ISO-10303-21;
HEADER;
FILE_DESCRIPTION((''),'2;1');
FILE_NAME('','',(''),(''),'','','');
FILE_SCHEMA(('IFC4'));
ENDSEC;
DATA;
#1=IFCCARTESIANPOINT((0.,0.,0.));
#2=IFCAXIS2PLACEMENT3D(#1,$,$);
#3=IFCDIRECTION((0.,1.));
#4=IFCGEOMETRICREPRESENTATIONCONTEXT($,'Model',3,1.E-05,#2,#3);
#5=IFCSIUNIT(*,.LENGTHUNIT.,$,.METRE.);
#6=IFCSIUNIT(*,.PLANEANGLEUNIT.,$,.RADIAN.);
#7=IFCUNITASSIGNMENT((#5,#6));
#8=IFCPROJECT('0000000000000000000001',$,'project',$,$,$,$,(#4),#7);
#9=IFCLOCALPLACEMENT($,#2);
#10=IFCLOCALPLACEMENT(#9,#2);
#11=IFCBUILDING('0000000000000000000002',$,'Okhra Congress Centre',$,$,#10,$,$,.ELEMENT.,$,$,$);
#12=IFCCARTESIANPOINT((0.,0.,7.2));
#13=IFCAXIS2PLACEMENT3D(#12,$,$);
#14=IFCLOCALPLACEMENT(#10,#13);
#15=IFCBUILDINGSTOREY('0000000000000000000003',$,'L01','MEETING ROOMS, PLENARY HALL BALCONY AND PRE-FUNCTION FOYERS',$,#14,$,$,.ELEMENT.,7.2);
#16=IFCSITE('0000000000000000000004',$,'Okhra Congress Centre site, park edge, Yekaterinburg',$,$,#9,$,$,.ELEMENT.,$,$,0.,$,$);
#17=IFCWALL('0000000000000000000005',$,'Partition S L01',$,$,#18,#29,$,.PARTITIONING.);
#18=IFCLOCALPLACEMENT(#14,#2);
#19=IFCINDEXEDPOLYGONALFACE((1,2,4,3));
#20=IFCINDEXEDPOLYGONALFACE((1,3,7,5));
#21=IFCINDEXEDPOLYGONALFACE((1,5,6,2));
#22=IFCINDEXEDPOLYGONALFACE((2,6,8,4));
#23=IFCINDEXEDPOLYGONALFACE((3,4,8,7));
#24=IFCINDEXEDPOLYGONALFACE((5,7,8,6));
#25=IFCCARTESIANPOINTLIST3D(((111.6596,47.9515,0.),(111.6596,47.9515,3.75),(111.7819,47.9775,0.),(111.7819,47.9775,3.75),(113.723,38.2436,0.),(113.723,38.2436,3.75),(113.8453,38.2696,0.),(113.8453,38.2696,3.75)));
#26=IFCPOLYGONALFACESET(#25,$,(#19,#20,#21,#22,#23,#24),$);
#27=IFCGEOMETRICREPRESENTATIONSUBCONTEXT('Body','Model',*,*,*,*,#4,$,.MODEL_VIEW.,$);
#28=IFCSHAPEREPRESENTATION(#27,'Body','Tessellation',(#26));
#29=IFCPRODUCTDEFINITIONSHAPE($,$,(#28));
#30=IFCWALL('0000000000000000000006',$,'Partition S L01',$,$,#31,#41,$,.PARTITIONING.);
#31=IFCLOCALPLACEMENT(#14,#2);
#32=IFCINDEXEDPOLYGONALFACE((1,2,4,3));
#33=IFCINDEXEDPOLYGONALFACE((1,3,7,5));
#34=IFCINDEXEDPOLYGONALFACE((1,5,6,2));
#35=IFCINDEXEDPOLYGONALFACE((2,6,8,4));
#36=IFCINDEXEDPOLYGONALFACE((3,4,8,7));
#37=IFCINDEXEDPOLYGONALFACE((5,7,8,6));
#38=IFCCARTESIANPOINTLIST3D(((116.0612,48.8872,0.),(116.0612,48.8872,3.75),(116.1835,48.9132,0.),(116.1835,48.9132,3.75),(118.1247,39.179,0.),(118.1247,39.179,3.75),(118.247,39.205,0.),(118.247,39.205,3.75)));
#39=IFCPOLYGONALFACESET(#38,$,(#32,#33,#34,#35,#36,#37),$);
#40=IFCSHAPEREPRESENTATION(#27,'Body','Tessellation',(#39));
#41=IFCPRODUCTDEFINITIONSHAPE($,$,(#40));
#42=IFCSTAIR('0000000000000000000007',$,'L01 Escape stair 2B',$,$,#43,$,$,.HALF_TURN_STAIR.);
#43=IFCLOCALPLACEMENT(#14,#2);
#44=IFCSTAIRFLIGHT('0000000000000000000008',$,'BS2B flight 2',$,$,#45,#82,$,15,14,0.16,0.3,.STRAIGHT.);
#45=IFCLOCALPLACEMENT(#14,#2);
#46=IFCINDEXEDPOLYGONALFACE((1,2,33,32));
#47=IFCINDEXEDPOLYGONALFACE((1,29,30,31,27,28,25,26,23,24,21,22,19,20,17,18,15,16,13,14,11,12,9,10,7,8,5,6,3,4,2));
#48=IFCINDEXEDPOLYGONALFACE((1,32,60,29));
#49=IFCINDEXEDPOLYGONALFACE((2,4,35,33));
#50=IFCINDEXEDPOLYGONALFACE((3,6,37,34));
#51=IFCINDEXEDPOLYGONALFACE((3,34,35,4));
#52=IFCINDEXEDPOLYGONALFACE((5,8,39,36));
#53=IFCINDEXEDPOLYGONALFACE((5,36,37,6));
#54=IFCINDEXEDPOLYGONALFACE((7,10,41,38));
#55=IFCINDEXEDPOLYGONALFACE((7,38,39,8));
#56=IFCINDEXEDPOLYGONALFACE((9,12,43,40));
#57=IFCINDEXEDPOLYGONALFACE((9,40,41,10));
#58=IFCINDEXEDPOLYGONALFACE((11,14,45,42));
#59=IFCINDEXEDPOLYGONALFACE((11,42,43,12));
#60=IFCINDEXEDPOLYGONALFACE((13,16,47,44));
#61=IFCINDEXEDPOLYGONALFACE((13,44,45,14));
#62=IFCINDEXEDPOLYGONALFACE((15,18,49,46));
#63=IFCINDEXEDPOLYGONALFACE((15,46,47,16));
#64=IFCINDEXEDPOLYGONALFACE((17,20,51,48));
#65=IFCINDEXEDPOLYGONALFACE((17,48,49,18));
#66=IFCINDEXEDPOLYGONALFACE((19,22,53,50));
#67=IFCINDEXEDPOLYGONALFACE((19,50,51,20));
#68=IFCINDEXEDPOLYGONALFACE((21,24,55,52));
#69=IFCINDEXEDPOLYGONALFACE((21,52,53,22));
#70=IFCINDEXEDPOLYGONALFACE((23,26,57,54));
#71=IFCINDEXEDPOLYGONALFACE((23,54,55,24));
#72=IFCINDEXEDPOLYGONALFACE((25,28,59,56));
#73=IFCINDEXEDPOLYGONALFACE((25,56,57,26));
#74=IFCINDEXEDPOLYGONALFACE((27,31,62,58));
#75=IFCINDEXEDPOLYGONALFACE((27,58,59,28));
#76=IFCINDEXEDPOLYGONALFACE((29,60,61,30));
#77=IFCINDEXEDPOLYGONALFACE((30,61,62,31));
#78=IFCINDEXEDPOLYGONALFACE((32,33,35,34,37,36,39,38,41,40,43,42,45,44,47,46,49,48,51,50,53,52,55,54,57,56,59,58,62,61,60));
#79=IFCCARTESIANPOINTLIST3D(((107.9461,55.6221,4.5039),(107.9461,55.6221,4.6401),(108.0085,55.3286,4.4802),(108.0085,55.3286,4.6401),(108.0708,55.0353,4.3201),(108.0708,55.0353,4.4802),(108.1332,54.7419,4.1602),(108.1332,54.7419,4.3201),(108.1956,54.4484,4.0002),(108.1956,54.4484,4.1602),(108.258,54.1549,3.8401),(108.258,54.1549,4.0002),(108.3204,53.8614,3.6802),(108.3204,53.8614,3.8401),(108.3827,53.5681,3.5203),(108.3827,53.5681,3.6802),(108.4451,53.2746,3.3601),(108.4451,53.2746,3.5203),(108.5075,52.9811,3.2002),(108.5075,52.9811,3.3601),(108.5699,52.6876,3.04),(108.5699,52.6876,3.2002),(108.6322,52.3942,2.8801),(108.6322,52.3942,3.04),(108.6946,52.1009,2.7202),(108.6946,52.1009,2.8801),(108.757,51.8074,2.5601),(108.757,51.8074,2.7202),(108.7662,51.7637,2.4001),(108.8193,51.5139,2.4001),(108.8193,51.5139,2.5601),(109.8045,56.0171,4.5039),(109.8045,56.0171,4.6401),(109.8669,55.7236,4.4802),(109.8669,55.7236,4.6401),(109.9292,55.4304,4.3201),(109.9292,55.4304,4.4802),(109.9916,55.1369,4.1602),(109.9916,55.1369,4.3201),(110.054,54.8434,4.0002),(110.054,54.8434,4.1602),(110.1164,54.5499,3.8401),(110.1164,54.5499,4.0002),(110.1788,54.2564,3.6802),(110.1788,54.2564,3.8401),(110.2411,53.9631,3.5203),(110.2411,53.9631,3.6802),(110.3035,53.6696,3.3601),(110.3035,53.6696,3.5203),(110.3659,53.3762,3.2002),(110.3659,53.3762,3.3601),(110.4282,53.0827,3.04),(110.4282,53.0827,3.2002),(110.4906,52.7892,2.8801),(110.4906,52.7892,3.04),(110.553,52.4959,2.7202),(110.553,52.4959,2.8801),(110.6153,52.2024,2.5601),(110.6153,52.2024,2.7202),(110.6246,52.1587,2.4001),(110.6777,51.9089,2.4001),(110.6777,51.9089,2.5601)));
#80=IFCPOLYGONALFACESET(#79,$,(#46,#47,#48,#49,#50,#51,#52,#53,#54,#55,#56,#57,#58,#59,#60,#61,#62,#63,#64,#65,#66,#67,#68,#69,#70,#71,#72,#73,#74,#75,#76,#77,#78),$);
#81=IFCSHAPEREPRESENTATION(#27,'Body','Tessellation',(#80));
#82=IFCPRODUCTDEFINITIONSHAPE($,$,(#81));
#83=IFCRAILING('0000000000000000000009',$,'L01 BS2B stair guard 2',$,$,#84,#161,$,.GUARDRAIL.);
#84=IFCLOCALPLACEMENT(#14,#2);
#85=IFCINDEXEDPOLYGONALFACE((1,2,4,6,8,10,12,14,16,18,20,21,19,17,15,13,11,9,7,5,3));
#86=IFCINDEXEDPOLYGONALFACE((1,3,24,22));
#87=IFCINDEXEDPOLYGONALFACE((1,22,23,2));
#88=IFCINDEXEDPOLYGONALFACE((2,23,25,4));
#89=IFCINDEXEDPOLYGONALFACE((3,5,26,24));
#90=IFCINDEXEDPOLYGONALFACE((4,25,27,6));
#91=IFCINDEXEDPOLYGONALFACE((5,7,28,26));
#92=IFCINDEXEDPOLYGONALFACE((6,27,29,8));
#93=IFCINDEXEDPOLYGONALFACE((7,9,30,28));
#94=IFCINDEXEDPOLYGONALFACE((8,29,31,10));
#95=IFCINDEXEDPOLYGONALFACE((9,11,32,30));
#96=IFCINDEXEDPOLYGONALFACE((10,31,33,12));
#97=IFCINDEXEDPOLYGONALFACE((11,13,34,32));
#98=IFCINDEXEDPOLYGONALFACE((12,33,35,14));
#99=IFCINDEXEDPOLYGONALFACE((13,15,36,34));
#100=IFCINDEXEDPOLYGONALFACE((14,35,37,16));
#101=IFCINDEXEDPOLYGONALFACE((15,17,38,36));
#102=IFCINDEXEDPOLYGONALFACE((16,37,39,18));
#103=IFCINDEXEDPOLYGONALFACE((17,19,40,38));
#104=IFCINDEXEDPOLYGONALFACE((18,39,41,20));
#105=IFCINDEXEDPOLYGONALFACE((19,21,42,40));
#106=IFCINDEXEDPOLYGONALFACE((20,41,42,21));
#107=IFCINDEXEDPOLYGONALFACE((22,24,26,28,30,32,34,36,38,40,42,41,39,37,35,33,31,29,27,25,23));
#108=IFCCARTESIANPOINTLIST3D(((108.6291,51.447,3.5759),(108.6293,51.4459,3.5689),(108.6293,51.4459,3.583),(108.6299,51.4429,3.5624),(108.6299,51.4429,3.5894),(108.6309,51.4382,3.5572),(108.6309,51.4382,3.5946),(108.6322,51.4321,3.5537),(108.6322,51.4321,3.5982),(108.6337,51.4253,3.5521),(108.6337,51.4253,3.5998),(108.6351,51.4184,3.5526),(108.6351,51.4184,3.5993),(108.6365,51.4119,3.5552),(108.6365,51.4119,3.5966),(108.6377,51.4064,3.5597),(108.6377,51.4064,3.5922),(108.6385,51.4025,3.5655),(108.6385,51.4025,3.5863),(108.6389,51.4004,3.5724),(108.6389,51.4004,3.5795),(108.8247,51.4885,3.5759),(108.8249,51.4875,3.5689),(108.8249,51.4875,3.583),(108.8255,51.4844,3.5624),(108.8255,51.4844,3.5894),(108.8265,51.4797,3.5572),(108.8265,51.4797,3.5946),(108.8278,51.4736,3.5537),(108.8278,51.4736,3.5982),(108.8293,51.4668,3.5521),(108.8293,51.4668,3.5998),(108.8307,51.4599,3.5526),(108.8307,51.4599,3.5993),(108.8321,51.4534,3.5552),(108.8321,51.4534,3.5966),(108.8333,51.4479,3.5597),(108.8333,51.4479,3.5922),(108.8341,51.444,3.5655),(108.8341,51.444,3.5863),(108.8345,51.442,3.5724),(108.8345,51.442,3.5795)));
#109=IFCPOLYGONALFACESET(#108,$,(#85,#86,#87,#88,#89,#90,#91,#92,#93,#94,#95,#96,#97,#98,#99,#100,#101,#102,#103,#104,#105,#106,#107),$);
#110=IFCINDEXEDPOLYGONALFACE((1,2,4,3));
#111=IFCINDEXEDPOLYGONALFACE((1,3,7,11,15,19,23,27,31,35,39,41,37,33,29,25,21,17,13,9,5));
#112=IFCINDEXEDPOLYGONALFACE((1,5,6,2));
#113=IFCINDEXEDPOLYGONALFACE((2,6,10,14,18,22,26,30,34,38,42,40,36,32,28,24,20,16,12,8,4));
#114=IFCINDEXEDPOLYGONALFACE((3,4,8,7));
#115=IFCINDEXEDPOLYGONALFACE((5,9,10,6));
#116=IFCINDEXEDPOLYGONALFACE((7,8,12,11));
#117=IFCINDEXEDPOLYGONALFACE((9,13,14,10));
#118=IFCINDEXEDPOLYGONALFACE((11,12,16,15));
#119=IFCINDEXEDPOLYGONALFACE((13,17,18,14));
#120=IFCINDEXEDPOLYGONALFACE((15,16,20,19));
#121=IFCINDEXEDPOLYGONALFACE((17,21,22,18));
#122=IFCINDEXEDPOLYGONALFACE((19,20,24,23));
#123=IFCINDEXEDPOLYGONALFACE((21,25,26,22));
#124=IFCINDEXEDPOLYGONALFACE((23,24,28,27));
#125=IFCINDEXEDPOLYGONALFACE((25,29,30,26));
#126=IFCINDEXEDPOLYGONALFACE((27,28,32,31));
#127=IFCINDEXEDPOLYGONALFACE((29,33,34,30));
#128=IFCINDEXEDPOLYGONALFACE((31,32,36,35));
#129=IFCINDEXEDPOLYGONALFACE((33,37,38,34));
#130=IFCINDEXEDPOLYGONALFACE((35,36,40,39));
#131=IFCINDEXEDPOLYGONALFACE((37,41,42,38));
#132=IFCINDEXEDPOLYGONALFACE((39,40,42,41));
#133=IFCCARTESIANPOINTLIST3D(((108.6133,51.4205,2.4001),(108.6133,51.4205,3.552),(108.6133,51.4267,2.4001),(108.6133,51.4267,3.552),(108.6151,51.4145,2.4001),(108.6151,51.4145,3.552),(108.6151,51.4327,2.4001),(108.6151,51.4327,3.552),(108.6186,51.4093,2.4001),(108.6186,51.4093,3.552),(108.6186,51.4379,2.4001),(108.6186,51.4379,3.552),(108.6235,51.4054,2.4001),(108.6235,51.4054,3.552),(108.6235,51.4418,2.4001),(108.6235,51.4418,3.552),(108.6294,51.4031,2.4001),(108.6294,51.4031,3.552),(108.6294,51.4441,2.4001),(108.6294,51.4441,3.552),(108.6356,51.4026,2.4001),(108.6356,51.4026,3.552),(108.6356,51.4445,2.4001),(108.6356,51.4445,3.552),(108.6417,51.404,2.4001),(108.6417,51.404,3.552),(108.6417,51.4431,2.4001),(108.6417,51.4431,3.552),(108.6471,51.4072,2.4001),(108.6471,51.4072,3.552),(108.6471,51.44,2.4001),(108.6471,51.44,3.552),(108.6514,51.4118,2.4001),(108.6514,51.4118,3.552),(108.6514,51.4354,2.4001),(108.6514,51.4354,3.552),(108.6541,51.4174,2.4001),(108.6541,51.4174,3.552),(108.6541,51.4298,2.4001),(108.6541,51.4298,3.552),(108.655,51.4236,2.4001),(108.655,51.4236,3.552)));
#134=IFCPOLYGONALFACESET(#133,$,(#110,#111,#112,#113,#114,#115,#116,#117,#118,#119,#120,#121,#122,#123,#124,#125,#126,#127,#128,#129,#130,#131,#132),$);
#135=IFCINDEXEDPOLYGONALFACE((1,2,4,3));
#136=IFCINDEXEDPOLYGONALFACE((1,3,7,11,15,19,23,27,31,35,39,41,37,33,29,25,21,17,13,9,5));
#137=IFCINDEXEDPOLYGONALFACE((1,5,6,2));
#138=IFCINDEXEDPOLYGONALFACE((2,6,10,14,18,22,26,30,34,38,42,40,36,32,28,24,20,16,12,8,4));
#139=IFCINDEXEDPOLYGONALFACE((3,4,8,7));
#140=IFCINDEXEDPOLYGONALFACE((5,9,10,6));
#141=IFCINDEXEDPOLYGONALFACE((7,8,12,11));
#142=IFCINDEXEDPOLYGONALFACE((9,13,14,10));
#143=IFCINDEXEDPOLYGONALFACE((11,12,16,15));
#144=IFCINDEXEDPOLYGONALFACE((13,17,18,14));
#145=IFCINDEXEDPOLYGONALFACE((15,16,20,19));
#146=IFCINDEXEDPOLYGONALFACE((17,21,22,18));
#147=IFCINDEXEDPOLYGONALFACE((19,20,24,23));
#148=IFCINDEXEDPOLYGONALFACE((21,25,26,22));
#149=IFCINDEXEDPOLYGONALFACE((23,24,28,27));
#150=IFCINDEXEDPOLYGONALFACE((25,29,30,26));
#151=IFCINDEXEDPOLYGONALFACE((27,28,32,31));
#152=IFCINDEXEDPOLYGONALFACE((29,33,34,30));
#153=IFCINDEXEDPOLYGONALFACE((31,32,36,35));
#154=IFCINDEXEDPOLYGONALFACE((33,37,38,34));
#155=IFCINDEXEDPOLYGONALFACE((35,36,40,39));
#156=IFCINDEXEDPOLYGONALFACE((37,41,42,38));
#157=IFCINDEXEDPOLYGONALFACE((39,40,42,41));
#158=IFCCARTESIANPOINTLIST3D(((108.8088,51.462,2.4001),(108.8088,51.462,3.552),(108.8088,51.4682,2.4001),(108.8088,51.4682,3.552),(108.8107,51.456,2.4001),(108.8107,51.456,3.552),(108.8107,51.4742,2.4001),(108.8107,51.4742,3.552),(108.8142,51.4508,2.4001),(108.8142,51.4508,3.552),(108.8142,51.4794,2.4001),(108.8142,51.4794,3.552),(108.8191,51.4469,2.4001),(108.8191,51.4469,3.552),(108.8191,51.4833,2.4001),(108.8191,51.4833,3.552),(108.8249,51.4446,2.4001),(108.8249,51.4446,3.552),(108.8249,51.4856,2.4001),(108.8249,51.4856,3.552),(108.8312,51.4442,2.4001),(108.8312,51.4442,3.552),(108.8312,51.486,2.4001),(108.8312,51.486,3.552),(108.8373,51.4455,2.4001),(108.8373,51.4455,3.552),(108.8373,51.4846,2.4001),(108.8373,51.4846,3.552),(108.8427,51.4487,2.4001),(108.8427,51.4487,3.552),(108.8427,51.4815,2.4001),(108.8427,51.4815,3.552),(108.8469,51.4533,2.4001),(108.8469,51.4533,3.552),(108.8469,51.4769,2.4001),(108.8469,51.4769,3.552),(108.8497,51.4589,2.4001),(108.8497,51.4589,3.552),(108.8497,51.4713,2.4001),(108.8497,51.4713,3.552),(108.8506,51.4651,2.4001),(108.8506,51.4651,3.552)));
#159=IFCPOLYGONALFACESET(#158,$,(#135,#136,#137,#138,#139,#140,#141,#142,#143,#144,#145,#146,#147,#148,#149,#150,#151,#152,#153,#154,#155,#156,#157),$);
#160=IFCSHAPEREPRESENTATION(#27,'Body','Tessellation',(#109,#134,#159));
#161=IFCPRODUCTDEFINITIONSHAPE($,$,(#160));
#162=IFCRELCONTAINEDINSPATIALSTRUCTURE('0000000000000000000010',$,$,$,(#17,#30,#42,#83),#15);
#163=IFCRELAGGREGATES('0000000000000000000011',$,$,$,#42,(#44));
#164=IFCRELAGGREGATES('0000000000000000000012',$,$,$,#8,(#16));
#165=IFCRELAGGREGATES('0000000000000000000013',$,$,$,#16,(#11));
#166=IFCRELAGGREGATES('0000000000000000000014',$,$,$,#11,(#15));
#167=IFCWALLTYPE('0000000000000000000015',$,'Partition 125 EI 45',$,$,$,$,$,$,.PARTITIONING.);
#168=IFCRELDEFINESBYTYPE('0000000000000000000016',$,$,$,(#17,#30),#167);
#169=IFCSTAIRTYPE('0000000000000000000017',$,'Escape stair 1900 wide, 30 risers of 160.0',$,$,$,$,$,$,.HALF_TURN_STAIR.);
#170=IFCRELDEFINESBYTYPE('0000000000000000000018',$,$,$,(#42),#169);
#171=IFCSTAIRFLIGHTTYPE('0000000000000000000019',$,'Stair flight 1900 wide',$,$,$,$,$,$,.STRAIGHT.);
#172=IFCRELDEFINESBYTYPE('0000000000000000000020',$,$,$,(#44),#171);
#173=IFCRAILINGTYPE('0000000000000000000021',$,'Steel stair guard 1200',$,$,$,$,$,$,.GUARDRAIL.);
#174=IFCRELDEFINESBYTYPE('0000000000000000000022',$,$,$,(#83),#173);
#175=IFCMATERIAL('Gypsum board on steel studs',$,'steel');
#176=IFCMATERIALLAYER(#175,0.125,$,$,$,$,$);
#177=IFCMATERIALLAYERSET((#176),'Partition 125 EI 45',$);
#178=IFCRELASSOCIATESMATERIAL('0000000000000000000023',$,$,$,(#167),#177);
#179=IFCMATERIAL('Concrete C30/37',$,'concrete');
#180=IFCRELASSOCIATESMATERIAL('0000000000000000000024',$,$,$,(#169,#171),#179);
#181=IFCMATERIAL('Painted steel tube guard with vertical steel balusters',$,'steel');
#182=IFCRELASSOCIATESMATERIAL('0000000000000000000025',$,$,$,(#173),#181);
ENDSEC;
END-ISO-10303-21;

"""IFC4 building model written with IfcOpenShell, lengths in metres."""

from ifc_helpers import new_model, si_unit, direction, frame, frame_2d, origin, origin_2d, place, context, subcontext, project, spatial, polyline, rectangle, circle, outline, extrude, material, layer, layer_set, type_object, element, aggregate, save


model = new_model("IFC4")

# Units and contexts
model_context = context("Model", 3, precision=1e-05, world=origin(), true_north=direction((0.0, 1.0)))
body_context = subcontext(model_context, "Body", "Model", "MODEL_VIEW")
ifc_project = project(units=[si_unit("LENGTHUNIT", "METRE"), si_unit("PLANEANGLEUNIT", "RADIAN")], contexts=[model_context])

# Site, building, storey
site_placement = place(None, origin())
site = spatial("IfcSite", under=ifc_project, at=site_placement, Name="Okhra Congress Centre site, park edge, Yekaterinburg", CompositionType="ELEMENT", RefElevation=0.0)
building_placement = place(site_placement, origin())
building = spatial("IfcBuilding", under=site, at=building_placement, Name="Okhra Congress Centre", CompositionType="ELEMENT")
storey_placement = place(building_placement, frame((0.0, 0.0, 7.2)))
storey = spatial("IfcBuildingStorey", under=building, at=storey_placement, Name="L01", Description="MEETING ROOMS, PLENARY HALL BALCONY AND PRE-FUNCTION FOYERS", CompositionType="ELEMENT", Elevation=7.2)

# Walls
ifc_material_1 = material(Name="Gypsum board on steel studs", Category="steel")
ifc_layer_1 = layer(ifc_material_1, 0.125)
ifc_layer_set_1 = layer_set([ifc_layer_1], Name="Partition 125 EI 45")
wall_type_1 = type_object("IfcWallType", Name="Partition 125 EI 45", PredefinedType="PARTITIONING", material=ifc_layer_set_1)
wall_1_placement = place(storey_placement, frame((113.7842, 38.2566, 0.0), z_axis=(0.0, 0.0, 1.0), x_axis=(-0.207909, 0.978148, 0.0)))
element("IfcWall", 1, at=wall_1_placement, inside=storey, type_object=wall_type_1, Name="Partition S L01", PredefinedType="PARTITIONING", context=body_context, shape_type="SweptSolid", body=[
    extrude(rectangle(XDim=9.9248, YDim=0.125, at=frame_2d((4.9624, 0.0))), origin(), (0.0, 0.0, 1.0), 3.75),
])
wall_2_placement = place(storey_placement, frame((118.1858, 39.1921, 0.0), z_axis=(0.0, 0.0, 1.0), x_axis=(-0.207904, 0.978149, 0.0)))
element("IfcWall", 2, at=wall_2_placement, inside=storey, type_object=wall_type_1, Name="Partition S L01", PredefinedType="PARTITIONING", context=body_context, shape_type="SweptSolid", body=[
    extrude(rectangle(XDim=9.925, YDim=0.125, at=frame_2d((4.9624, 0.0))), origin(), (0.0, 0.0, 1.0), 3.75),
])

# Stair, stair flight
ifc_material_2 = material(Name="Concrete C30/37", Category="concrete")
stair_type = type_object("IfcStairType", Name="Escape stair 1900 wide, 30 risers of 160.0", PredefinedType="HALF_TURN_STAIR", material=ifc_material_2)
stair_placement = place(storey_placement, origin())
stair = element("IfcStair", 3, at=stair_placement, inside=storey, type_object=stair_type, Name="L01 Escape stair 2B", PredefinedType="HALF_TURN_STAIR")
stair_flight_type = type_object("IfcStairFlightType", Name="Stair flight 1900 wide", PredefinedType="STRAIGHT", material=ifc_material_2)
stair_flight_placement = place(storey_placement, frame((109.7485, 51.7114, 2.4001), z_axis=(0.0, 0.0, 1.0), x_axis=(-0.207912, 0.978148, 0.0)))
stair_flight = element("IfcStairFlight", 4, at=stair_flight_placement, type_object=stair_flight_type, Name="BS2B flight 2", NumberOfRisers=15, NumberOfTreads=14, PredefinedType="STRAIGHT", RiserHeight=0.16, TreadLength=0.3, context=body_context, shape_type="SweptSolid", body=[
    extrude(outline(polyline([(0.0, 0.0), (0.0, 0.1599), (0.3, 0.1599), (0.3, 0.3201), (0.6001, 0.3201), (0.6001, 0.48), (0.8999, 0.48), (0.8999, 0.6399), (1.2, 0.6399), (1.2, 0.8), (1.5, 0.8), (1.5, 0.96), (1.8, 0.96), (1.8, 1.1201), (2.1001, 1.1201), (2.1001, 1.28), (2.3999, 1.28), (2.3999, 1.4399), (2.7, 1.4399), (2.7, 1.6001), (3.0, 1.6001), (3.0, 1.76), (3.3, 1.76), (3.3, 1.9199), (3.6001, 1.9199), (3.6001, 2.0801), (3.8999, 2.0801), (3.8999, 2.24), (4.2, 2.24), (4.2, 2.3999), (4.2, 2.1038), (0.2554, 0.0), (0.0, 0.0)])), frame((0.0, 0.95, 0.0), z_axis=(0.0, -1.0, 0.0), x_axis=(1.0, 0.0, 0.0)), (0.0, 0.0, 1.0), 1.8999),
])
aggregate(stair, [stair_flight])

# Railing
ifc_material_3 = material(Name="Painted steel tube guard with vertical steel balusters", Category="steel")
railing_type = type_object("IfcRailingType", Name="Steel stair guard 1200", PredefinedType="GUARDRAIL", material=ifc_material_3)
railing_1_placement = place(storey_placement, frame((108.634, 51.4236, 2.4001)))
element("IfcRailing", 5, at=railing_1_placement, inside=storey, type_object=railing_type, Name="L01 BS2B stair guard 2", PredefinedType="GUARDRAIL", context=body_context, shape_type="SweptSolid", body=[
    extrude(circle(Radius=0.0239, at=origin_2d()), frame((0.0, 0.0, 1.1758), z_axis=(0.978212, 0.20761, 0.0), x_axis=(-0.20761, 0.978212, 0.0)), (0.0, 0.0, 1.0), 0.2),
    extrude(circle(Radius=0.021, at=origin_2d()), origin(), (0.0, 0.0, 1.0), 1.1519),
    extrude(circle(Radius=0.021, at=origin_2d()), frame((0.1956, 0.0415, 0.0)), (0.0, 0.0, 1.0), 1.1519),
])

save(model, "model.ifc")
